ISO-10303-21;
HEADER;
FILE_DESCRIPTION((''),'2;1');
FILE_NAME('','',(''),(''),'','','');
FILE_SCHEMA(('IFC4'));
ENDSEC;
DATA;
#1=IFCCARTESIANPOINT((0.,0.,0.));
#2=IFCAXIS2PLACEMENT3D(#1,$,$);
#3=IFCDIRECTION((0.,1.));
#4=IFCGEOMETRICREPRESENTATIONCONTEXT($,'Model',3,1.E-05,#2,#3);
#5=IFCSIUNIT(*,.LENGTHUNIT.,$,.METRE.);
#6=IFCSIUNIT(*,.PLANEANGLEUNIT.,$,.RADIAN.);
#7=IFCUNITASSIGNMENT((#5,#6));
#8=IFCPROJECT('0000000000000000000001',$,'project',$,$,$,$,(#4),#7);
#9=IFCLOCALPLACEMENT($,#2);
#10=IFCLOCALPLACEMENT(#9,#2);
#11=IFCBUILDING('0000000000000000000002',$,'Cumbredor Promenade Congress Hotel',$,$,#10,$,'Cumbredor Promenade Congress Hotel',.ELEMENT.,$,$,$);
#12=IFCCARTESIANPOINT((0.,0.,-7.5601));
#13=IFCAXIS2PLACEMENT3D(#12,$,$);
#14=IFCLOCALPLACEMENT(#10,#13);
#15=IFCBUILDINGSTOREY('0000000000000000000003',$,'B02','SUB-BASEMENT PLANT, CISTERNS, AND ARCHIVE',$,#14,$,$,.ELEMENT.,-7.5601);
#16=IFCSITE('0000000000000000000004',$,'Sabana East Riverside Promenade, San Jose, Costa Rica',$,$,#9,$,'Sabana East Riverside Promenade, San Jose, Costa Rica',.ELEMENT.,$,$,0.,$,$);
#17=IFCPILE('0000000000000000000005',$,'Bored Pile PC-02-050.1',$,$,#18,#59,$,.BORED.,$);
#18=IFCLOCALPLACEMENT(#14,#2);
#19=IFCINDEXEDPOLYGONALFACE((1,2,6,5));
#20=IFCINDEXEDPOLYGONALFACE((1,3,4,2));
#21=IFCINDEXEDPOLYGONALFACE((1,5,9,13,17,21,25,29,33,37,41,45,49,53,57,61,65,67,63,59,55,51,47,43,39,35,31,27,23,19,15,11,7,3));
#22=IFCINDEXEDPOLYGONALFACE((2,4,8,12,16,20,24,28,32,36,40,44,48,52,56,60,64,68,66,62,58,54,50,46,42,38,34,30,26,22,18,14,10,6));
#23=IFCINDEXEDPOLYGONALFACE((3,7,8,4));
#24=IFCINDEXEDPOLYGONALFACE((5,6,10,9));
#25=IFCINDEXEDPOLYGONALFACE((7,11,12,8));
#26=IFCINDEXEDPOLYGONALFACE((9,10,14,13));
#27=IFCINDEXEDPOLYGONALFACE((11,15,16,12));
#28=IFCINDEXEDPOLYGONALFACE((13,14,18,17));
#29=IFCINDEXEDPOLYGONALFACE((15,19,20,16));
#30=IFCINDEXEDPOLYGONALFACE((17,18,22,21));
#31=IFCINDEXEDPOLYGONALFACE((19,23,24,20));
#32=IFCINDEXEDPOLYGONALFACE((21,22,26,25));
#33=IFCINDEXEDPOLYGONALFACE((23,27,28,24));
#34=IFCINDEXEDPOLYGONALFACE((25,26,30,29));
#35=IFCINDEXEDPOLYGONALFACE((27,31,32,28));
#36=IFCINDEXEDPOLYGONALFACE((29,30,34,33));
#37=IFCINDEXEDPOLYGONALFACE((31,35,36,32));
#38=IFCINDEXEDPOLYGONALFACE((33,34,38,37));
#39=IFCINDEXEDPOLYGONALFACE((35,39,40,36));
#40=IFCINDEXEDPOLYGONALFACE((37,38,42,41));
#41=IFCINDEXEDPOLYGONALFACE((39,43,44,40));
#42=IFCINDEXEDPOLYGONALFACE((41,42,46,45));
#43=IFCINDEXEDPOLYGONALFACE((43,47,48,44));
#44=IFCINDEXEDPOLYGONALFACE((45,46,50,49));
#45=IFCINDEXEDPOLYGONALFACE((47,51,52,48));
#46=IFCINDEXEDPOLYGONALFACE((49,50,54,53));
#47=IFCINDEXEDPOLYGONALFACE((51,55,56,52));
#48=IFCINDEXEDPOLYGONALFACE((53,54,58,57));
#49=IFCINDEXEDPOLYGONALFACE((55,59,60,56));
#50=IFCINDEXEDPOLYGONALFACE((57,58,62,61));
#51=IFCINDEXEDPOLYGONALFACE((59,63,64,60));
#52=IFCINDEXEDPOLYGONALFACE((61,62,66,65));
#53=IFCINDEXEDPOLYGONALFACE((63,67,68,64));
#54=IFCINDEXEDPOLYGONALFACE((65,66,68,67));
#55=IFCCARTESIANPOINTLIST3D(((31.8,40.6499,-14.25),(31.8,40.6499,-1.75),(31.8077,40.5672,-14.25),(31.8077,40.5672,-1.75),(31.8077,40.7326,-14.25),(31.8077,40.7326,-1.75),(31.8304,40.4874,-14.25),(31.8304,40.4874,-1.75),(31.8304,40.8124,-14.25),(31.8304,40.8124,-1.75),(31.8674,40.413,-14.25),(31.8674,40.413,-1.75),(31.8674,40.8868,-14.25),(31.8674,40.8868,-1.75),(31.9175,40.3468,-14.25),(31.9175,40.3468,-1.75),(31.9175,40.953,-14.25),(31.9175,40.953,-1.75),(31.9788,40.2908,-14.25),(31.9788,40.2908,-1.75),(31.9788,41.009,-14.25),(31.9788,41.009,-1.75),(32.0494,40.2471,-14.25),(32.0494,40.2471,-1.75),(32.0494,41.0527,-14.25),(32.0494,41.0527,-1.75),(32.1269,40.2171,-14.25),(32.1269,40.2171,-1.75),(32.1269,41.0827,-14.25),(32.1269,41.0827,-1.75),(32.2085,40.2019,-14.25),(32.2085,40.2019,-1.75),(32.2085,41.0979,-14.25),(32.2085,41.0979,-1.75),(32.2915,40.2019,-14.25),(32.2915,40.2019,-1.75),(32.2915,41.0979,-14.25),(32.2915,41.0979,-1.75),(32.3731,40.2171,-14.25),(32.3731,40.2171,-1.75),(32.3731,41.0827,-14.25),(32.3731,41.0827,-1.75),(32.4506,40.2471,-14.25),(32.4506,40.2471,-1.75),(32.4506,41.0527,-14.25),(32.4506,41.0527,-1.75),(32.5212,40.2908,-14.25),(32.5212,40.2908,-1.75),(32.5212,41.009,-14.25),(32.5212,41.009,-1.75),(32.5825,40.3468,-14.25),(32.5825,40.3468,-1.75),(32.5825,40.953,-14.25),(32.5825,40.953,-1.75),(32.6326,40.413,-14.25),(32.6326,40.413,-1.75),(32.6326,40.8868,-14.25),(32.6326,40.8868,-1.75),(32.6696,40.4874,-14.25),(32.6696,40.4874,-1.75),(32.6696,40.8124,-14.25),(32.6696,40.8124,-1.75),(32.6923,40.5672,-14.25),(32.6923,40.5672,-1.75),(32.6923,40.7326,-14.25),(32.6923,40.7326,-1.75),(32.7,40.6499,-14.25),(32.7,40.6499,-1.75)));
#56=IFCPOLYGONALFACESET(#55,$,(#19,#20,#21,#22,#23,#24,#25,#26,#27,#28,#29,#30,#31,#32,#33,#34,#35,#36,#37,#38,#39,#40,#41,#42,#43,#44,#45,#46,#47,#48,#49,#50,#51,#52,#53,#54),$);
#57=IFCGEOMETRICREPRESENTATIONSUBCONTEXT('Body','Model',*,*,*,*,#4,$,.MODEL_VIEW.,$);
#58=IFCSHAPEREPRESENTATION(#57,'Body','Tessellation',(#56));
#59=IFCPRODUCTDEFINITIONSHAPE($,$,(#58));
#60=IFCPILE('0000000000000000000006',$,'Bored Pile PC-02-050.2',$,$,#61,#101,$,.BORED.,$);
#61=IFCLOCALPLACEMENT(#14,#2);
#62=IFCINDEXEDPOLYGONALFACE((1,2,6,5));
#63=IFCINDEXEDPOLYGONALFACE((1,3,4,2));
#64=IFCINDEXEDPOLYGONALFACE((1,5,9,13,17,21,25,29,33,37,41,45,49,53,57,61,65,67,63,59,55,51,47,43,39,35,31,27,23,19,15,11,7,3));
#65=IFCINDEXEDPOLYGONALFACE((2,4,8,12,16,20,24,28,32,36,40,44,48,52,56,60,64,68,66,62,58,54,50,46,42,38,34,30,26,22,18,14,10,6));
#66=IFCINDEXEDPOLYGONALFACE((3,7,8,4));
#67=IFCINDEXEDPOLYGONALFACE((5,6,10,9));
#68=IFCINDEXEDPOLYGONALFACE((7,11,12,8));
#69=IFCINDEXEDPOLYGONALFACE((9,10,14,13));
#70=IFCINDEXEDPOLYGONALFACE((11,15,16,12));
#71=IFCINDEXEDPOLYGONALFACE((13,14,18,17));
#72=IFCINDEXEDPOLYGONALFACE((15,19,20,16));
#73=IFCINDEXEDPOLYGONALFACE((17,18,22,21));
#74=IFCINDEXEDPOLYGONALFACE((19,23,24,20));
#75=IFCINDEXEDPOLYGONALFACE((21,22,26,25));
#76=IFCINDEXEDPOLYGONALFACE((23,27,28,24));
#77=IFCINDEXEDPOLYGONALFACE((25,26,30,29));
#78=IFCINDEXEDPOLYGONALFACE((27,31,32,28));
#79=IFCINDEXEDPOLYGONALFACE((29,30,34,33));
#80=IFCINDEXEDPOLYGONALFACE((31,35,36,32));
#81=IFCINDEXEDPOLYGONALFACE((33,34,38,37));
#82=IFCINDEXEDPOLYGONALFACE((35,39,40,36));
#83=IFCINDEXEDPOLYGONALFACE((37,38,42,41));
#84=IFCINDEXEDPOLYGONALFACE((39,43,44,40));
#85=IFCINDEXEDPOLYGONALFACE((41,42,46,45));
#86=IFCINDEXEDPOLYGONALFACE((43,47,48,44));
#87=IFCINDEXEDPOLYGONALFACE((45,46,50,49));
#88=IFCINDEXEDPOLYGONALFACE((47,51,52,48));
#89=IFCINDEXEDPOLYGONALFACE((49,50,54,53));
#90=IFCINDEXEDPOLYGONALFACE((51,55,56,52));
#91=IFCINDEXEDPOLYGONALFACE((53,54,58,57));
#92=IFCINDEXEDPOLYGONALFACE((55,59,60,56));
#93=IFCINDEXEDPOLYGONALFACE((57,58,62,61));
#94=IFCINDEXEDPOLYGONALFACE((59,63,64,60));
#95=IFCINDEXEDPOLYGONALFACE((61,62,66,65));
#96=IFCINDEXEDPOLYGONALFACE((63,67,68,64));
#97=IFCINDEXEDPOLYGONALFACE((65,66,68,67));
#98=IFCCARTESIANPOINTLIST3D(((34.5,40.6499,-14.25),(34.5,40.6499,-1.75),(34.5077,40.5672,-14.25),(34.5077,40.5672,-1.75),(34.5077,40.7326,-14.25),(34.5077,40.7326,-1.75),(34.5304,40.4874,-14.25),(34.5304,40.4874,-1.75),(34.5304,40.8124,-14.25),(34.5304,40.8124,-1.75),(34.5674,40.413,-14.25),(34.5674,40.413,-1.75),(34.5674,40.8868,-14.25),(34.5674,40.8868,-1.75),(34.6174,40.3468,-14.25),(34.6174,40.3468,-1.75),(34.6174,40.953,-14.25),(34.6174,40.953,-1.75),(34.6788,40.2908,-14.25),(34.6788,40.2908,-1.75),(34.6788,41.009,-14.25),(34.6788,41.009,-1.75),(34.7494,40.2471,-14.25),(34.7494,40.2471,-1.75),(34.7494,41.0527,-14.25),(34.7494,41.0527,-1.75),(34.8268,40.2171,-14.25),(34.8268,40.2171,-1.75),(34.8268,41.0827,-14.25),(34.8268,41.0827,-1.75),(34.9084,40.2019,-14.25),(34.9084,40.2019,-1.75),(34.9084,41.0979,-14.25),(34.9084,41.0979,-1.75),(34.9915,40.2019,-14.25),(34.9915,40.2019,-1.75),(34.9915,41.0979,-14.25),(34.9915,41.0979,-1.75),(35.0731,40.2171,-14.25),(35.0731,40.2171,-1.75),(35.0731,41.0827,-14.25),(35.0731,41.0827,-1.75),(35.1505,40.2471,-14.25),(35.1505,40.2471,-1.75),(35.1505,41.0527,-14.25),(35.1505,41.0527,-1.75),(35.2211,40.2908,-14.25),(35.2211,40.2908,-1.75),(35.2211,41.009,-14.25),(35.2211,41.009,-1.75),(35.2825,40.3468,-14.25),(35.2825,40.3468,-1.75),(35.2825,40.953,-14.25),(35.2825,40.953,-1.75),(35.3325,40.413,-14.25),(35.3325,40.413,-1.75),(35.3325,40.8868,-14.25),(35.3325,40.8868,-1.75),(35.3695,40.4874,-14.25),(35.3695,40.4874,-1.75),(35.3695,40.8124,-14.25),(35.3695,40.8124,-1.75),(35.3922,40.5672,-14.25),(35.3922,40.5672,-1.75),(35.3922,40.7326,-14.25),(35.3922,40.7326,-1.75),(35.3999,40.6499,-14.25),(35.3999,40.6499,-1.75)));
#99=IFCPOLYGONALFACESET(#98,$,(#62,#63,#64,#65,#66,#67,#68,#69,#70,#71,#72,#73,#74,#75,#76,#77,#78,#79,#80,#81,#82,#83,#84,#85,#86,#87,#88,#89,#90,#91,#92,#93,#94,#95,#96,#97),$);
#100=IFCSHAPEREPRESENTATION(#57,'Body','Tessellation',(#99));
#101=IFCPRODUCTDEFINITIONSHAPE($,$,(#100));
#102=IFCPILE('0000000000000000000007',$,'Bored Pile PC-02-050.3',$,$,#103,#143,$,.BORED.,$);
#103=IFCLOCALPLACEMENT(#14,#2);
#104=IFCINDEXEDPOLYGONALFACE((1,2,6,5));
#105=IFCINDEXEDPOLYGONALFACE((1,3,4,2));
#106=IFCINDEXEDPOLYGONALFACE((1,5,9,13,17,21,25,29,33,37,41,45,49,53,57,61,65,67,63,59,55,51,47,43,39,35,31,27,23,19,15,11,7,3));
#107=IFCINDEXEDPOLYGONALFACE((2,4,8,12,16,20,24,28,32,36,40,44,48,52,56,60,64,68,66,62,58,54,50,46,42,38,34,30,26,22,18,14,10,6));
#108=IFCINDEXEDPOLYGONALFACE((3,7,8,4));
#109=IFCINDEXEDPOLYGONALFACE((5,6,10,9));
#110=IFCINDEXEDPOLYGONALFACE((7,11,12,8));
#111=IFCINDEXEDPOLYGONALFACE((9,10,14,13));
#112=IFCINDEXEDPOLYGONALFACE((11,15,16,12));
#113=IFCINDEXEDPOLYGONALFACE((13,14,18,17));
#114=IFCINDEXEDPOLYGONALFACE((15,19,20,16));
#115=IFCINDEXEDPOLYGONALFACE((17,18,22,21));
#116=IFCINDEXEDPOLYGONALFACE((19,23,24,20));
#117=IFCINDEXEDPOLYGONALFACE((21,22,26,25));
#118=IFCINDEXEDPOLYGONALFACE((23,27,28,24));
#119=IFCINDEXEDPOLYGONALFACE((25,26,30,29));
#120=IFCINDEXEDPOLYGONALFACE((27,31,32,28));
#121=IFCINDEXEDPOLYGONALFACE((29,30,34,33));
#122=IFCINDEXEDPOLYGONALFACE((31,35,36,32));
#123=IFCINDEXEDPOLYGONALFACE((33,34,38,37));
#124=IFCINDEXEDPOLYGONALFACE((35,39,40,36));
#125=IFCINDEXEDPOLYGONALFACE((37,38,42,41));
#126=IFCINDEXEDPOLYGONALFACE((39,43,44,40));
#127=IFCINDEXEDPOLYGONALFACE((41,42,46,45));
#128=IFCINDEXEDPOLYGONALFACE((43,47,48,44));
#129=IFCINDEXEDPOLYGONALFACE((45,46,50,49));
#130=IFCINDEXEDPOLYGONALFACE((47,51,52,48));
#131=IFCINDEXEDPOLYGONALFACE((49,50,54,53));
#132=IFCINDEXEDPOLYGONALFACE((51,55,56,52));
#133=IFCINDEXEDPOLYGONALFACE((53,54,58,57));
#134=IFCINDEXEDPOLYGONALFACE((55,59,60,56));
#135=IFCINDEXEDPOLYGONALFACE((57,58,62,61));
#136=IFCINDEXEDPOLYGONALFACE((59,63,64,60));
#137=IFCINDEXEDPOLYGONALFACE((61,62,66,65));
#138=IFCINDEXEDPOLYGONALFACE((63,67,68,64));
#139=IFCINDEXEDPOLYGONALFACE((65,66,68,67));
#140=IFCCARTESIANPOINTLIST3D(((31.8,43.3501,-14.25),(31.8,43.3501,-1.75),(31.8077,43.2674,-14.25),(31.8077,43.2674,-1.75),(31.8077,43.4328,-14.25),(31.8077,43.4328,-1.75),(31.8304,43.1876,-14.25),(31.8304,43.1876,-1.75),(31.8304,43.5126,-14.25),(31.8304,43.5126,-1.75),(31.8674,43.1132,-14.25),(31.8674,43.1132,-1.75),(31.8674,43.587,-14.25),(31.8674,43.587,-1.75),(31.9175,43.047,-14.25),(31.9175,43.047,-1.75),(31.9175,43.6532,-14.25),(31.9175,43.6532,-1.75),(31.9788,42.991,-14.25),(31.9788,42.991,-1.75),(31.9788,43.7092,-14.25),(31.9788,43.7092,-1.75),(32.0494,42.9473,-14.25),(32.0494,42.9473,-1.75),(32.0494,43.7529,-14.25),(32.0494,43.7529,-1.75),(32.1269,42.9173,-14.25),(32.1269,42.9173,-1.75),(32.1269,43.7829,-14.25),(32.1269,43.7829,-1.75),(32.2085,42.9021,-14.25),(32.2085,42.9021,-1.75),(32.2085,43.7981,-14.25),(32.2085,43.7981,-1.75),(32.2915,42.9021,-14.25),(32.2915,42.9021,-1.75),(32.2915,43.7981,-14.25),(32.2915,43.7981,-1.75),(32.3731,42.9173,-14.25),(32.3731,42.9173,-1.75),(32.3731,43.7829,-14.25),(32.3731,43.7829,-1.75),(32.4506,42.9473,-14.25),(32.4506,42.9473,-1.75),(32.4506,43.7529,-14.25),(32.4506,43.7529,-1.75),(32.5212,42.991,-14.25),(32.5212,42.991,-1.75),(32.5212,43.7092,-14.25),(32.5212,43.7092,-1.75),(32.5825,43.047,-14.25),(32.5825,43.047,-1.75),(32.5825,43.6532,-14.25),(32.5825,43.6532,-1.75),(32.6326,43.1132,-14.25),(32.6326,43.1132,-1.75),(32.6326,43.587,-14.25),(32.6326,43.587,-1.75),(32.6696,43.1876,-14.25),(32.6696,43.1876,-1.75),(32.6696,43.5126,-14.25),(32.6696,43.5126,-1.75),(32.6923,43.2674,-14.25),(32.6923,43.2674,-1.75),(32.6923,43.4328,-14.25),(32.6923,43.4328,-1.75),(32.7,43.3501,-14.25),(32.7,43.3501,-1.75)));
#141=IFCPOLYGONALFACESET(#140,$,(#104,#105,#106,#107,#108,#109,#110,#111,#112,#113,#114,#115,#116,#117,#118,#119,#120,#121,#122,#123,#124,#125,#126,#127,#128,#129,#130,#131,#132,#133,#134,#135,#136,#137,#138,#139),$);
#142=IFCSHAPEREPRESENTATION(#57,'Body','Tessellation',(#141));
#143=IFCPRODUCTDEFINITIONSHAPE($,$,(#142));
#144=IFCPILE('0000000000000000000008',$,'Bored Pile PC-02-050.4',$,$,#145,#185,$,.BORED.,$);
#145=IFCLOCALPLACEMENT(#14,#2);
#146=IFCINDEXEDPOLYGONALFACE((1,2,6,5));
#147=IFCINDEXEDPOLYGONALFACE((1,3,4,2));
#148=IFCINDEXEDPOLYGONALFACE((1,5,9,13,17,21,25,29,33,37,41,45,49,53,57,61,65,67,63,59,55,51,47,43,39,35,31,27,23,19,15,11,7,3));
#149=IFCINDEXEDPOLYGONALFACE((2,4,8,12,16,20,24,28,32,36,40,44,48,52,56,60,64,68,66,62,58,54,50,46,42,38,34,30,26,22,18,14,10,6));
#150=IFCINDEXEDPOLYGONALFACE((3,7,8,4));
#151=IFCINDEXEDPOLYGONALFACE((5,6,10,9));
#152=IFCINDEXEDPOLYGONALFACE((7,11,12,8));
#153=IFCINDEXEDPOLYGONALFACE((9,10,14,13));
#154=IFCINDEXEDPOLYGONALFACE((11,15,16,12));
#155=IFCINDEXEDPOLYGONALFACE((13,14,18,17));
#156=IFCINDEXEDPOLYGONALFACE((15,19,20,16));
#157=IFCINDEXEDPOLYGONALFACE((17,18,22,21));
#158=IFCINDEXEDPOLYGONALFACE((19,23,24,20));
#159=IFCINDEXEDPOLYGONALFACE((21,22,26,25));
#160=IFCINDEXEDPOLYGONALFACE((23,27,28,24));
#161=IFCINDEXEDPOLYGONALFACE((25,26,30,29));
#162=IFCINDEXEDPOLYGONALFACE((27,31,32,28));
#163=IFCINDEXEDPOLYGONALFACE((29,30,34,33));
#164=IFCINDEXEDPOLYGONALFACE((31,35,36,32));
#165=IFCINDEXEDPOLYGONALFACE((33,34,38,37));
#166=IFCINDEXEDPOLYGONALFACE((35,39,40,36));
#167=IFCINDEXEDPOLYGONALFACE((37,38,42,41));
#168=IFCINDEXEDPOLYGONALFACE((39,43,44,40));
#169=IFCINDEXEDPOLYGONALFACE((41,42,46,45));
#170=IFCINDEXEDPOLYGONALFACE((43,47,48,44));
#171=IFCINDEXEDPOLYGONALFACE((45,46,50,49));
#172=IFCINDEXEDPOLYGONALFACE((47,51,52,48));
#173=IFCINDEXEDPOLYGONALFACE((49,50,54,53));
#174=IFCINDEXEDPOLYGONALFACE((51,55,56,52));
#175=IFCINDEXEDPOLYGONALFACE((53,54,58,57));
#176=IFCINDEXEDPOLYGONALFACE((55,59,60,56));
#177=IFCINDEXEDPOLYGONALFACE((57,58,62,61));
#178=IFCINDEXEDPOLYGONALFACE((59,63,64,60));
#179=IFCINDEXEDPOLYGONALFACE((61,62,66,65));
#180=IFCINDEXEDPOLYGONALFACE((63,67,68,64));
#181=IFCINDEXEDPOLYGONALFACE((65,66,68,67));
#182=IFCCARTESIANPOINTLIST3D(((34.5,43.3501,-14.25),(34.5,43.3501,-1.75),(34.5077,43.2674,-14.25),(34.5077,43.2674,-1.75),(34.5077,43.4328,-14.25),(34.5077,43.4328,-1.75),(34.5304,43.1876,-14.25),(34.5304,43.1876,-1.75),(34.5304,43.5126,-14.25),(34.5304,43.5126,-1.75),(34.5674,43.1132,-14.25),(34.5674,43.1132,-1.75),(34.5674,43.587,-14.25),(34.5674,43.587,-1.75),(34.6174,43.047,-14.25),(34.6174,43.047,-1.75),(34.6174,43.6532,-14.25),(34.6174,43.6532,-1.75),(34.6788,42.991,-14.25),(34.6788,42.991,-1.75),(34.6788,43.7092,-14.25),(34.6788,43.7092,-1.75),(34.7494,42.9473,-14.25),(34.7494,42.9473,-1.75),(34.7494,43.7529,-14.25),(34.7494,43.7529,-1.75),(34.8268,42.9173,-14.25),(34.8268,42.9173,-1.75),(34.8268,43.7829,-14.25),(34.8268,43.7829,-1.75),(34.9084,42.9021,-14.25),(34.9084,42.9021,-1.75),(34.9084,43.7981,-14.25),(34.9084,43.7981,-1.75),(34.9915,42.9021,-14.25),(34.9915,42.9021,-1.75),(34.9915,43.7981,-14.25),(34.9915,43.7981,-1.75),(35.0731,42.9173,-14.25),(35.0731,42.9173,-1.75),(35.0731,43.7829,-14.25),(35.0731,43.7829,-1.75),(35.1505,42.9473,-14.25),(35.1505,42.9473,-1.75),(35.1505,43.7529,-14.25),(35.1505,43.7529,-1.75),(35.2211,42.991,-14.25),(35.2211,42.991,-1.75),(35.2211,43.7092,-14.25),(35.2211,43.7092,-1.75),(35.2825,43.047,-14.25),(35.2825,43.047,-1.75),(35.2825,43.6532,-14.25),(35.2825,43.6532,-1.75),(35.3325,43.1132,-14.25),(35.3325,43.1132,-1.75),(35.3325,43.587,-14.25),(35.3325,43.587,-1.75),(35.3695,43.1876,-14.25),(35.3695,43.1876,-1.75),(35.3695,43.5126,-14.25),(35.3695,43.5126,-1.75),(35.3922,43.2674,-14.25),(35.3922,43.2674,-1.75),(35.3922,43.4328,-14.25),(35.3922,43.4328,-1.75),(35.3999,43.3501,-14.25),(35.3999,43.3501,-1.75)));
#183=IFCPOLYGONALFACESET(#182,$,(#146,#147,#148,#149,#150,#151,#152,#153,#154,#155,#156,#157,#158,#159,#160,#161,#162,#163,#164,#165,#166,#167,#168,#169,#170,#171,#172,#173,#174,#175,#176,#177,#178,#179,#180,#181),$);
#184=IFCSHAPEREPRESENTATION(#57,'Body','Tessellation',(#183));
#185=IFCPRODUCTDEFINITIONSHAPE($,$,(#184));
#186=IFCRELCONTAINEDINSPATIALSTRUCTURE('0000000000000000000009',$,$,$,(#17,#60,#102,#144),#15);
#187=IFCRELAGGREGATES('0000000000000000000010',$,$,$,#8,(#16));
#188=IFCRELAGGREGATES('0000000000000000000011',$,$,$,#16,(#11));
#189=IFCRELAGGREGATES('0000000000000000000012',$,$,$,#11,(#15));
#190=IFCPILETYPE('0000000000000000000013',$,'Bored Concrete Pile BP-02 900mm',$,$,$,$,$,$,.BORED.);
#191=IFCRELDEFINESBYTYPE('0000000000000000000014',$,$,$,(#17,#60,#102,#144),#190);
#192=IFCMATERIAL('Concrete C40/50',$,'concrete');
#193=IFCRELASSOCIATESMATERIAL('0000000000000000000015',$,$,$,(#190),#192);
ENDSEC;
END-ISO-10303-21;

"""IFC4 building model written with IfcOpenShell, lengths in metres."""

from ifc_helpers import new_model, si_unit, direction, frame, origin, origin_2d, place, context, subcontext, project, spatial, circle, extrude, material, material_profile, profile_set, type_object, element, save


model = new_model("IFC4")

# Units and contexts
model_context = context("Model", 3, precision=1e-05, world=origin(), true_north=direction((0.0, 1.0)))
body_context = subcontext(model_context, "Body", "Model", "MODEL_VIEW")
ifc_project = project(units=[si_unit("LENGTHUNIT", "METRE"), si_unit("PLANEANGLEUNIT", "RADIAN")], contexts=[model_context])

# Site, building, storey
site_placement = place(None, origin())
site = spatial("IfcSite", under=ifc_project, at=site_placement, Name="Sabana East Riverside Promenade, San Jose, Costa Rica", LongName="Sabana East Riverside Promenade, San Jose, Costa Rica", CompositionType="ELEMENT", RefElevation=0.0)
building_placement = place(site_placement, origin())
building = spatial("IfcBuilding", under=site, at=building_placement, Name="Cumbredor Promenade Congress Hotel", LongName="Cumbredor Promenade Congress Hotel", CompositionType="ELEMENT")
storey_placement = place(building_placement, frame((0.0, 0.0, -7.5601)))
storey = spatial("IfcBuildingStorey", under=building, at=storey_placement, Name="B02", Description="SUB-BASEMENT PLANT, CISTERNS, AND ARCHIVE", CompositionType="ELEMENT", Elevation=-7.5601)

# Piles
ifc_material_1 = material(Name="Concrete C40/50", Category="concrete")
ifc_material_profile_1 = material_profile(ifc_material_1, circle(Radius=0.45, at=origin_2d()), Name="PILE D900")
ifc_profile_set_1 = profile_set([ifc_material_profile_1], Name="Concrete C40/50")
pile_type_1 = type_object("IfcPileType", Name="Bored Concrete Pile BP-02 900mm", PredefinedType="BORED", material=ifc_profile_set_1)
for number, where, z_axis, x_axis, name in (
    (1, (32.25, 40.6499, -1.75), (0.0, 0.0, -1.0), (1.0, 0.0, 0.0), "Bored Pile PC-02-050.1"),
    (2, (34.95, 40.6499, -1.75), (0.0, 0.0, -1.0), (1.0, 0.0, 0.0), "Bored Pile PC-02-050.2"),
    (3, (32.25, 43.3501, -1.75), (0.0, 0.0, -1.0), (1.0, 0.0, 0.0), "Bored Pile PC-02-050.3"),
    (4, (34.95, 43.3501, -1.75), (0.0, 0.0, -1.0), (1.0, 0.0, 0.0), "Bored Pile PC-02-050.4"),
):
    element("IfcPile", number, at=place(storey_placement, frame(where, z_axis=z_axis, x_axis=x_axis)), inside=storey, type_object=pile_type_1, Name=name, PredefinedType="BORED", context=body_context, shape_type="SweptSolid", body=[
        extrude(circle(Radius=0.45, at=origin_2d()), origin(), (0.0, 0.0, 1.0), 12.5),
    ])

save(model, "model.ifc")
